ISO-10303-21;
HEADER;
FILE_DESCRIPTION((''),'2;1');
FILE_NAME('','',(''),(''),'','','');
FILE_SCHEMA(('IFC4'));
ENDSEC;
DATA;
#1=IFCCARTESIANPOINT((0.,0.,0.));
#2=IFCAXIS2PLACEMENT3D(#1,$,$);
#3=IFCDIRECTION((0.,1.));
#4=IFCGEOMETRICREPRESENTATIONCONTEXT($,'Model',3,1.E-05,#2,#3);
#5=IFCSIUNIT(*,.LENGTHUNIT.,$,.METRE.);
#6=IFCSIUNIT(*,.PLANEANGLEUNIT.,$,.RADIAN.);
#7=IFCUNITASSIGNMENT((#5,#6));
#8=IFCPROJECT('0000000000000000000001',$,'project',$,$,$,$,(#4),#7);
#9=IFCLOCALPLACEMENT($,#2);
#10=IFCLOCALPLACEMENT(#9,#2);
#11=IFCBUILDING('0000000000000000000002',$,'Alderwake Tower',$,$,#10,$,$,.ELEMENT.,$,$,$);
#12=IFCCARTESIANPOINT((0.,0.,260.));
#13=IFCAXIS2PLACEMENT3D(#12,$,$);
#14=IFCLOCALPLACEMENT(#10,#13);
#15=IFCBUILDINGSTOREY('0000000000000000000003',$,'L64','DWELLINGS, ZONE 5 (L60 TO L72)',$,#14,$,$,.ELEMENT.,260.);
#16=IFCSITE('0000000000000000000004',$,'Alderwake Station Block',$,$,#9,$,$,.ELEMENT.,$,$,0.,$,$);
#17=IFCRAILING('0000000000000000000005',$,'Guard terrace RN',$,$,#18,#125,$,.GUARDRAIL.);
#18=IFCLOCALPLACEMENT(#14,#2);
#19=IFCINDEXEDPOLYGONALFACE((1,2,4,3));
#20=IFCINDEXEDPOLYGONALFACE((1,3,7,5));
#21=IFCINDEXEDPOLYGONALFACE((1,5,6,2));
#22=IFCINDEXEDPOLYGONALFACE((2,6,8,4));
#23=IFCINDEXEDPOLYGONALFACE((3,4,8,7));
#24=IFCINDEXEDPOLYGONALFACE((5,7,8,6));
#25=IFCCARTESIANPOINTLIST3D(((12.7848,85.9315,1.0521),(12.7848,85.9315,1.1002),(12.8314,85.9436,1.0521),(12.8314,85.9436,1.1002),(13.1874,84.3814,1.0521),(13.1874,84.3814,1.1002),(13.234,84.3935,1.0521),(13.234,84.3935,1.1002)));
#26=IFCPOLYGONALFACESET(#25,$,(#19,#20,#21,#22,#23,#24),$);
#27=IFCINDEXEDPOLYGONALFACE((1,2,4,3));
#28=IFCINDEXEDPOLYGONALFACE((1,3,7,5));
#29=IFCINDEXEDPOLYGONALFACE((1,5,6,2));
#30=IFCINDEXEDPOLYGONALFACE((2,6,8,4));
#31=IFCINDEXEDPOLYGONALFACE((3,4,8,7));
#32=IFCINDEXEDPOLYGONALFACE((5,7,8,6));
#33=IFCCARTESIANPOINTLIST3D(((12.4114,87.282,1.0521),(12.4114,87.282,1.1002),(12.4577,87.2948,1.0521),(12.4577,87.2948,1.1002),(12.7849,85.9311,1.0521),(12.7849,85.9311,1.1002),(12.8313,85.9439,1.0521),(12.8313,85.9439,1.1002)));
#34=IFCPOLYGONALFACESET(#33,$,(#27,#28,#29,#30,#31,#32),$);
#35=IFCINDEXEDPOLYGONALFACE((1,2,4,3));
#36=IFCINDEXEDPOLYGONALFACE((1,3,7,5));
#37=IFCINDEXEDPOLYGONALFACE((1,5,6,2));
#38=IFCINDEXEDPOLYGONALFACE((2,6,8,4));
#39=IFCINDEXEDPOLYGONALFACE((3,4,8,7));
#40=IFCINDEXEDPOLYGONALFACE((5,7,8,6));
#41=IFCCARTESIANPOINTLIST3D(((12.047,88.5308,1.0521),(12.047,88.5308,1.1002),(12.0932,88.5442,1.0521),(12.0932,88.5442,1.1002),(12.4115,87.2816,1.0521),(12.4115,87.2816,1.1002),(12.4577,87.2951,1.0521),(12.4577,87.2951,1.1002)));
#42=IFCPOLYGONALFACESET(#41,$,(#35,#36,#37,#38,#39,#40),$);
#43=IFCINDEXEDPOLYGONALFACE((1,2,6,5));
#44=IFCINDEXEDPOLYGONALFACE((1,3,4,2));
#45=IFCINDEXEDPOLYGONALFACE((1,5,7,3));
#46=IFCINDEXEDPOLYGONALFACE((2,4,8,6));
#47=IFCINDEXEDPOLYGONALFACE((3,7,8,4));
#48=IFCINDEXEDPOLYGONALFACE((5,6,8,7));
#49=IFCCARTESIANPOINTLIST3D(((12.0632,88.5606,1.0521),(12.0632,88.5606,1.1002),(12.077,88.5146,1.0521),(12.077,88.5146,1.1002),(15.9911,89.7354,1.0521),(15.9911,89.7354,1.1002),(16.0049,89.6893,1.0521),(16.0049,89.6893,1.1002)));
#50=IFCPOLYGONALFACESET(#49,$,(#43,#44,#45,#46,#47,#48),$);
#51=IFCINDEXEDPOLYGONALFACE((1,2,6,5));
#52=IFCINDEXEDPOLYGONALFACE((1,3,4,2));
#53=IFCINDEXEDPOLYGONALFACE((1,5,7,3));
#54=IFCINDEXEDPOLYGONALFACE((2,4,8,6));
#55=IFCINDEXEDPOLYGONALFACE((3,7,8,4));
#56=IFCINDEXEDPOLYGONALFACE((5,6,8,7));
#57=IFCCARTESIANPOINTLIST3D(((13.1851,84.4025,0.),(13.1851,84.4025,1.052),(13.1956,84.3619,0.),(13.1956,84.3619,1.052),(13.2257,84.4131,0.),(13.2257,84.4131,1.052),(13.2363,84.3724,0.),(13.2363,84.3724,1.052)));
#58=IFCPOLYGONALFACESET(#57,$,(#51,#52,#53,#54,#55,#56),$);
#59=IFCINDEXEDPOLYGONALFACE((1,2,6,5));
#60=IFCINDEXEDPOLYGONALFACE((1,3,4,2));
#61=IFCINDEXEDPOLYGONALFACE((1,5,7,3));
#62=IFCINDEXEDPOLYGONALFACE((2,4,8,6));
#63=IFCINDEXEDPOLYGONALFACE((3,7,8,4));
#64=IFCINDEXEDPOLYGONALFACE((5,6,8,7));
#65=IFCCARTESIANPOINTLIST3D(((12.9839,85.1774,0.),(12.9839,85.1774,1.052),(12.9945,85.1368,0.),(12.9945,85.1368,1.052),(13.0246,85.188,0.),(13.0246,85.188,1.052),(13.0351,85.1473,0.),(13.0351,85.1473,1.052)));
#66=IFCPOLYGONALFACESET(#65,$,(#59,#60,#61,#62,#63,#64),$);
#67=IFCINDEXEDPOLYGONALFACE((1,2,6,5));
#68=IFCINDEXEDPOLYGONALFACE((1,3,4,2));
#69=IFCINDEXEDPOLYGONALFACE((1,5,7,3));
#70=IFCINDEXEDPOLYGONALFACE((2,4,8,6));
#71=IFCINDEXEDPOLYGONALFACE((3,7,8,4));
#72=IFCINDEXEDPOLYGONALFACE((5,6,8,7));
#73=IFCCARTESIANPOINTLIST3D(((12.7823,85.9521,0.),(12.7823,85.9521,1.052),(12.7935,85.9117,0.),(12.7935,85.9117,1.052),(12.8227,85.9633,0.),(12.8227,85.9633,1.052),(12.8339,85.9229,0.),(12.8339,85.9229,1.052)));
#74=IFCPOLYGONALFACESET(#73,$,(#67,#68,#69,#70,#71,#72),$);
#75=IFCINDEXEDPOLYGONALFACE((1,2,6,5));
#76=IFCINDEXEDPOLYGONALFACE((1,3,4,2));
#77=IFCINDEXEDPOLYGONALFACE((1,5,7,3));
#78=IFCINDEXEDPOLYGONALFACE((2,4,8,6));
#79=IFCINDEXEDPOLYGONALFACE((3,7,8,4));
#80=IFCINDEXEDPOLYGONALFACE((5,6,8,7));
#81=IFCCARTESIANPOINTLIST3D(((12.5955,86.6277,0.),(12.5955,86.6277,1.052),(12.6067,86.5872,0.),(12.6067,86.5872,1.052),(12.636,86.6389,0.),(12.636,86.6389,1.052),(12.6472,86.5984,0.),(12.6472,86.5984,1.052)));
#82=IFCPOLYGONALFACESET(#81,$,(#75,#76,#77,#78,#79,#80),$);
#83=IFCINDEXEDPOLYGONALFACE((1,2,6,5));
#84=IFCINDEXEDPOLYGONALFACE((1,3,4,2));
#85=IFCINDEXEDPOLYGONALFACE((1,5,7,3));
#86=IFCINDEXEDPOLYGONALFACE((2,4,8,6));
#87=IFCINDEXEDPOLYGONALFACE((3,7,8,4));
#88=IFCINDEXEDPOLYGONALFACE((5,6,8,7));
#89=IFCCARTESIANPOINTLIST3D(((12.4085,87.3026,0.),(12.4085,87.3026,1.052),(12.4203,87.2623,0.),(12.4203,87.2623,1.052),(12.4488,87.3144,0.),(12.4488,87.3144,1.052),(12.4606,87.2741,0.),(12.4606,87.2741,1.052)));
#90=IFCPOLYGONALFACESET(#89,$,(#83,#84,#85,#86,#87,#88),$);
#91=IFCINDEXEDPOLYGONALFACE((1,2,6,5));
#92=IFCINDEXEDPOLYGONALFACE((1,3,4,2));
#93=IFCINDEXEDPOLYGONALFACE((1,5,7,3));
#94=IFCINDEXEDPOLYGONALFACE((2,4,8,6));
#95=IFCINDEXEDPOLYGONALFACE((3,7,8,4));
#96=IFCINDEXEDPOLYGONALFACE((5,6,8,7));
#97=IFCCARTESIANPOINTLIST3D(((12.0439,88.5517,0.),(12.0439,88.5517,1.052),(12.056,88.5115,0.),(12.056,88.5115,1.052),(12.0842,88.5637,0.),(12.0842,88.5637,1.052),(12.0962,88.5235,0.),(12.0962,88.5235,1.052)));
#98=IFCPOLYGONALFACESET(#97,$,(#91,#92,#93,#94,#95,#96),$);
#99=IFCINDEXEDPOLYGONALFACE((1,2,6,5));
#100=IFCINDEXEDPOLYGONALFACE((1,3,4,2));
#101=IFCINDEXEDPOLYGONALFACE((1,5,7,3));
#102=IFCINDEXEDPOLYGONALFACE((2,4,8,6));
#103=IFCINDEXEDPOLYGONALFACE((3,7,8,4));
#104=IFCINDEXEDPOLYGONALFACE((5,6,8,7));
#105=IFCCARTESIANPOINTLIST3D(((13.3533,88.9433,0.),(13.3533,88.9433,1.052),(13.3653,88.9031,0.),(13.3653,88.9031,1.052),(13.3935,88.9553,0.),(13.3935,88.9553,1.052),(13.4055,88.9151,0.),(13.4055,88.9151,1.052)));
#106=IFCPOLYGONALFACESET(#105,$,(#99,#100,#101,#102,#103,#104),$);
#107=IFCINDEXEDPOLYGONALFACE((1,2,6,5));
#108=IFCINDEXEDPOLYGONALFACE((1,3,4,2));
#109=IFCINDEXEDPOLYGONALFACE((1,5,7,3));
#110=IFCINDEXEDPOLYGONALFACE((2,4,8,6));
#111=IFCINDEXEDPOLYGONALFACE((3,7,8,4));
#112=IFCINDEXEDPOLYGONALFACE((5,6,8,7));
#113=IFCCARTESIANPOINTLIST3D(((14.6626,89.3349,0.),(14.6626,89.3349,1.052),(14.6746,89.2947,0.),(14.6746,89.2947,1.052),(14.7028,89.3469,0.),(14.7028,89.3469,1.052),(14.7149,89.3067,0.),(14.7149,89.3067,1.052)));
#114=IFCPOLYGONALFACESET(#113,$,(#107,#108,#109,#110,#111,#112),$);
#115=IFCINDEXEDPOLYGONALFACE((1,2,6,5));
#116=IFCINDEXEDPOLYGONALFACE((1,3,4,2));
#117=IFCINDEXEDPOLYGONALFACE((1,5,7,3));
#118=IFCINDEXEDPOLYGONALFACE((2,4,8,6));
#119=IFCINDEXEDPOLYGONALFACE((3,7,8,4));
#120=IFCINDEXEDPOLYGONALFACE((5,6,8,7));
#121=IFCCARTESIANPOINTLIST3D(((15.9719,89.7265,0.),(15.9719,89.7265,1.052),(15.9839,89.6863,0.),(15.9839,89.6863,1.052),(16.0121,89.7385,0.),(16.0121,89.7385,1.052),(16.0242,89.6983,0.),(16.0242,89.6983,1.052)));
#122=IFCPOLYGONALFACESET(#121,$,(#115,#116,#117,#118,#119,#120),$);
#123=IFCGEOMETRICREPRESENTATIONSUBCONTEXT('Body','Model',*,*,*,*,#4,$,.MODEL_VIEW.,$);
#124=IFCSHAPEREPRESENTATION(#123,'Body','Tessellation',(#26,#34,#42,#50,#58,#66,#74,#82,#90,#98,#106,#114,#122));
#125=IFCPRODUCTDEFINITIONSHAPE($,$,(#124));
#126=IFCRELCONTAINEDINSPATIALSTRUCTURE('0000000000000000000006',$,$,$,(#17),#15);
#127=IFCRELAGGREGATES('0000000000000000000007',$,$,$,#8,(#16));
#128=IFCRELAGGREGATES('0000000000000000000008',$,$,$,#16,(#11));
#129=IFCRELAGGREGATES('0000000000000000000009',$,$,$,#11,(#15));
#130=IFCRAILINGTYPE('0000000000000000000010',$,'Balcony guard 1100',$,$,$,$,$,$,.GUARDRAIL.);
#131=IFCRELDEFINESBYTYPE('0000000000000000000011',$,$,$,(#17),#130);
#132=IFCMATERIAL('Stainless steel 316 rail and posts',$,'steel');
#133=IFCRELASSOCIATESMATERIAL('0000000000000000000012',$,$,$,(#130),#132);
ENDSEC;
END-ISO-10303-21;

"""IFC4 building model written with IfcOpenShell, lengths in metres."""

from ifc_helpers import new_model, si_unit, direction, frame, origin, origin_2d, place, context, subcontext, project, spatial, rectangle, extrude, material, type_object, element, save


model = new_model("IFC4")

# Units and contexts
model_context = context("Model", 3, precision=1e-05, world=origin(), true_north=direction((0.0, 1.0)))
body_context = subcontext(model_context, "Body", "Model", "MODEL_VIEW")
ifc_project = project(units=[si_unit("LENGTHUNIT", "METRE"), si_unit("PLANEANGLEUNIT", "RADIAN")], contexts=[model_context])

# Site, building, storey
site_placement = place(None, origin())
site = spatial("IfcSite", under=ifc_project, at=site_placement, Name="Alderwake Station Block", CompositionType="ELEMENT", RefElevation=0.0)
building_placement = place(site_placement, origin())
building = spatial("IfcBuilding", under=site, at=building_placement, Name="Alderwake Tower", CompositionType="ELEMENT")
storey_placement = place(building_placement, frame((0.0, 0.0, 260.0)))
storey = spatial("IfcBuildingStorey", under=building, at=storey_placement, Name="L64", Description="DWELLINGS, ZONE 5 (L60 TO L72)", CompositionType="ELEMENT", Elevation=260.0)

# Railing
ifc_material_1 = material(Name="Stainless steel 316 rail and posts", Category="steel")
railing_type = type_object("IfcRailingType", Name="Balcony guard 1100", PredefinedType="GUARDRAIL", material=ifc_material_1)
railing_placement = place(storey_placement, frame((13.2107, 84.3875, 0.0)))
element("IfcRailing", 1, at=railing_placement, inside=storey, type_object=railing_type, Name="Guard terrace RN", PredefinedType="GUARDRAIL", context=body_context, shape_type="SweptSolid", body=[
    extrude(rectangle(XDim=0.0481, YDim=0.0481, at=origin_2d()), frame((0.0, 0.0, 1.0762), z_axis=(-0.251385, 0.967887, 0.0), x_axis=(-0.967887, -0.251385, 0.0)), (0.0, 0.0, 1.0), 1.6016),
    extrude(rectangle(XDim=0.0481, YDim=0.0481, at=origin_2d()), frame((-0.4026, 1.55, 1.0762), z_axis=(-0.266521, 0.963829, 0.0), x_axis=(-0.963829, -0.266521, 0.0)), (0.0, 0.0, 1.0), 1.4016),
    extrude(rectangle(XDim=0.0481, YDim=0.0481, at=origin_2d()), frame((-0.7761, 2.9009, 1.0762), z_axis=(-0.280094, 0.959973, 0.0), x_axis=(-0.959973, -0.280094, 0.0)), (0.0, 0.0, 1.0), 1.3013),
    extrude(rectangle(XDim=0.0481, YDim=0.0481, at=origin_2d()), frame((-1.1406, 4.1501, 1.0762), z_axis=(0.958067, 0.286545, 0.0), x_axis=(-0.286545, 0.958067, 0.0)), (0.0, 0.0, 1.0), 4.0999),
    extrude(rectangle(XDim=0.042, YDim=0.042, at=origin_2d()), frame((0.0, 0.0, 0.0), z_axis=(0.0, 0.0, 1.0), x_axis=(-0.251385, 0.967887, 0.0)), (0.0, 0.0, 1.0), 1.052),
    extrude(rectangle(XDim=0.042, YDim=0.042, at=origin_2d()), frame((-0.2012, 0.7749, 0.0), z_axis=(0.0, 0.0, 1.0), x_axis=(-0.251385, 0.967887, 0.0)), (0.0, 0.0, 1.0), 1.052),
    extrude(rectangle(XDim=0.042, YDim=0.042, at=origin_2d()), frame((-0.4026, 1.55, 0.0), z_axis=(0.0, 0.0, 1.0), x_axis=(-0.266521, 0.963829, 0.0)), (0.0, 0.0, 1.0), 1.052),
    extrude(rectangle(XDim=0.042, YDim=0.042, at=origin_2d()), frame((-0.5894, 2.2256, 0.0), z_axis=(0.0, 0.0, 1.0), x_axis=(-0.266521, 0.963829, 0.0)), (0.0, 0.0, 1.0), 1.052),
    extrude(rectangle(XDim=0.042, YDim=0.042, at=origin_2d()), frame((-0.7761, 2.9009, 0.0), z_axis=(0.0, 0.0, 1.0), x_axis=(-0.280094, 0.959973, 0.0)), (0.0, 0.0, 1.0), 1.052),
    extrude(rectangle(XDim=0.042, YDim=0.042, at=origin_2d()), frame((-1.1406, 4.1501, 0.0), z_axis=(0.0, 0.0, 1.0), x_axis=(0.958067, 0.286545, 0.0)), (0.0, 0.0, 1.0), 1.052),
    extrude(rectangle(XDim=0.042, YDim=0.042, at=origin_2d()), frame((0.1687, 4.5417, 0.0), z_axis=(0.0, 0.0, 1.0), x_axis=(0.958067, 0.286545, 0.0)), (0.0, 0.0, 1.0), 1.052),
    extrude(rectangle(XDim=0.042, YDim=0.042, at=origin_2d()), frame((1.478, 4.9333, 0.0), z_axis=(0.0, 0.0, 1.0), x_axis=(0.958067, 0.286545, 0.0)), (0.0, 0.0, 1.0), 1.052),
    extrude(rectangle(XDim=0.042, YDim=0.042, at=origin_2d()), frame((2.7874, 5.325, 0.0), z_axis=(0.0, 0.0, 1.0), x_axis=(0.958067, 0.286545, 0.0)), (0.0, 0.0, 1.0), 1.052),
])

save(model, "model.ifc")
